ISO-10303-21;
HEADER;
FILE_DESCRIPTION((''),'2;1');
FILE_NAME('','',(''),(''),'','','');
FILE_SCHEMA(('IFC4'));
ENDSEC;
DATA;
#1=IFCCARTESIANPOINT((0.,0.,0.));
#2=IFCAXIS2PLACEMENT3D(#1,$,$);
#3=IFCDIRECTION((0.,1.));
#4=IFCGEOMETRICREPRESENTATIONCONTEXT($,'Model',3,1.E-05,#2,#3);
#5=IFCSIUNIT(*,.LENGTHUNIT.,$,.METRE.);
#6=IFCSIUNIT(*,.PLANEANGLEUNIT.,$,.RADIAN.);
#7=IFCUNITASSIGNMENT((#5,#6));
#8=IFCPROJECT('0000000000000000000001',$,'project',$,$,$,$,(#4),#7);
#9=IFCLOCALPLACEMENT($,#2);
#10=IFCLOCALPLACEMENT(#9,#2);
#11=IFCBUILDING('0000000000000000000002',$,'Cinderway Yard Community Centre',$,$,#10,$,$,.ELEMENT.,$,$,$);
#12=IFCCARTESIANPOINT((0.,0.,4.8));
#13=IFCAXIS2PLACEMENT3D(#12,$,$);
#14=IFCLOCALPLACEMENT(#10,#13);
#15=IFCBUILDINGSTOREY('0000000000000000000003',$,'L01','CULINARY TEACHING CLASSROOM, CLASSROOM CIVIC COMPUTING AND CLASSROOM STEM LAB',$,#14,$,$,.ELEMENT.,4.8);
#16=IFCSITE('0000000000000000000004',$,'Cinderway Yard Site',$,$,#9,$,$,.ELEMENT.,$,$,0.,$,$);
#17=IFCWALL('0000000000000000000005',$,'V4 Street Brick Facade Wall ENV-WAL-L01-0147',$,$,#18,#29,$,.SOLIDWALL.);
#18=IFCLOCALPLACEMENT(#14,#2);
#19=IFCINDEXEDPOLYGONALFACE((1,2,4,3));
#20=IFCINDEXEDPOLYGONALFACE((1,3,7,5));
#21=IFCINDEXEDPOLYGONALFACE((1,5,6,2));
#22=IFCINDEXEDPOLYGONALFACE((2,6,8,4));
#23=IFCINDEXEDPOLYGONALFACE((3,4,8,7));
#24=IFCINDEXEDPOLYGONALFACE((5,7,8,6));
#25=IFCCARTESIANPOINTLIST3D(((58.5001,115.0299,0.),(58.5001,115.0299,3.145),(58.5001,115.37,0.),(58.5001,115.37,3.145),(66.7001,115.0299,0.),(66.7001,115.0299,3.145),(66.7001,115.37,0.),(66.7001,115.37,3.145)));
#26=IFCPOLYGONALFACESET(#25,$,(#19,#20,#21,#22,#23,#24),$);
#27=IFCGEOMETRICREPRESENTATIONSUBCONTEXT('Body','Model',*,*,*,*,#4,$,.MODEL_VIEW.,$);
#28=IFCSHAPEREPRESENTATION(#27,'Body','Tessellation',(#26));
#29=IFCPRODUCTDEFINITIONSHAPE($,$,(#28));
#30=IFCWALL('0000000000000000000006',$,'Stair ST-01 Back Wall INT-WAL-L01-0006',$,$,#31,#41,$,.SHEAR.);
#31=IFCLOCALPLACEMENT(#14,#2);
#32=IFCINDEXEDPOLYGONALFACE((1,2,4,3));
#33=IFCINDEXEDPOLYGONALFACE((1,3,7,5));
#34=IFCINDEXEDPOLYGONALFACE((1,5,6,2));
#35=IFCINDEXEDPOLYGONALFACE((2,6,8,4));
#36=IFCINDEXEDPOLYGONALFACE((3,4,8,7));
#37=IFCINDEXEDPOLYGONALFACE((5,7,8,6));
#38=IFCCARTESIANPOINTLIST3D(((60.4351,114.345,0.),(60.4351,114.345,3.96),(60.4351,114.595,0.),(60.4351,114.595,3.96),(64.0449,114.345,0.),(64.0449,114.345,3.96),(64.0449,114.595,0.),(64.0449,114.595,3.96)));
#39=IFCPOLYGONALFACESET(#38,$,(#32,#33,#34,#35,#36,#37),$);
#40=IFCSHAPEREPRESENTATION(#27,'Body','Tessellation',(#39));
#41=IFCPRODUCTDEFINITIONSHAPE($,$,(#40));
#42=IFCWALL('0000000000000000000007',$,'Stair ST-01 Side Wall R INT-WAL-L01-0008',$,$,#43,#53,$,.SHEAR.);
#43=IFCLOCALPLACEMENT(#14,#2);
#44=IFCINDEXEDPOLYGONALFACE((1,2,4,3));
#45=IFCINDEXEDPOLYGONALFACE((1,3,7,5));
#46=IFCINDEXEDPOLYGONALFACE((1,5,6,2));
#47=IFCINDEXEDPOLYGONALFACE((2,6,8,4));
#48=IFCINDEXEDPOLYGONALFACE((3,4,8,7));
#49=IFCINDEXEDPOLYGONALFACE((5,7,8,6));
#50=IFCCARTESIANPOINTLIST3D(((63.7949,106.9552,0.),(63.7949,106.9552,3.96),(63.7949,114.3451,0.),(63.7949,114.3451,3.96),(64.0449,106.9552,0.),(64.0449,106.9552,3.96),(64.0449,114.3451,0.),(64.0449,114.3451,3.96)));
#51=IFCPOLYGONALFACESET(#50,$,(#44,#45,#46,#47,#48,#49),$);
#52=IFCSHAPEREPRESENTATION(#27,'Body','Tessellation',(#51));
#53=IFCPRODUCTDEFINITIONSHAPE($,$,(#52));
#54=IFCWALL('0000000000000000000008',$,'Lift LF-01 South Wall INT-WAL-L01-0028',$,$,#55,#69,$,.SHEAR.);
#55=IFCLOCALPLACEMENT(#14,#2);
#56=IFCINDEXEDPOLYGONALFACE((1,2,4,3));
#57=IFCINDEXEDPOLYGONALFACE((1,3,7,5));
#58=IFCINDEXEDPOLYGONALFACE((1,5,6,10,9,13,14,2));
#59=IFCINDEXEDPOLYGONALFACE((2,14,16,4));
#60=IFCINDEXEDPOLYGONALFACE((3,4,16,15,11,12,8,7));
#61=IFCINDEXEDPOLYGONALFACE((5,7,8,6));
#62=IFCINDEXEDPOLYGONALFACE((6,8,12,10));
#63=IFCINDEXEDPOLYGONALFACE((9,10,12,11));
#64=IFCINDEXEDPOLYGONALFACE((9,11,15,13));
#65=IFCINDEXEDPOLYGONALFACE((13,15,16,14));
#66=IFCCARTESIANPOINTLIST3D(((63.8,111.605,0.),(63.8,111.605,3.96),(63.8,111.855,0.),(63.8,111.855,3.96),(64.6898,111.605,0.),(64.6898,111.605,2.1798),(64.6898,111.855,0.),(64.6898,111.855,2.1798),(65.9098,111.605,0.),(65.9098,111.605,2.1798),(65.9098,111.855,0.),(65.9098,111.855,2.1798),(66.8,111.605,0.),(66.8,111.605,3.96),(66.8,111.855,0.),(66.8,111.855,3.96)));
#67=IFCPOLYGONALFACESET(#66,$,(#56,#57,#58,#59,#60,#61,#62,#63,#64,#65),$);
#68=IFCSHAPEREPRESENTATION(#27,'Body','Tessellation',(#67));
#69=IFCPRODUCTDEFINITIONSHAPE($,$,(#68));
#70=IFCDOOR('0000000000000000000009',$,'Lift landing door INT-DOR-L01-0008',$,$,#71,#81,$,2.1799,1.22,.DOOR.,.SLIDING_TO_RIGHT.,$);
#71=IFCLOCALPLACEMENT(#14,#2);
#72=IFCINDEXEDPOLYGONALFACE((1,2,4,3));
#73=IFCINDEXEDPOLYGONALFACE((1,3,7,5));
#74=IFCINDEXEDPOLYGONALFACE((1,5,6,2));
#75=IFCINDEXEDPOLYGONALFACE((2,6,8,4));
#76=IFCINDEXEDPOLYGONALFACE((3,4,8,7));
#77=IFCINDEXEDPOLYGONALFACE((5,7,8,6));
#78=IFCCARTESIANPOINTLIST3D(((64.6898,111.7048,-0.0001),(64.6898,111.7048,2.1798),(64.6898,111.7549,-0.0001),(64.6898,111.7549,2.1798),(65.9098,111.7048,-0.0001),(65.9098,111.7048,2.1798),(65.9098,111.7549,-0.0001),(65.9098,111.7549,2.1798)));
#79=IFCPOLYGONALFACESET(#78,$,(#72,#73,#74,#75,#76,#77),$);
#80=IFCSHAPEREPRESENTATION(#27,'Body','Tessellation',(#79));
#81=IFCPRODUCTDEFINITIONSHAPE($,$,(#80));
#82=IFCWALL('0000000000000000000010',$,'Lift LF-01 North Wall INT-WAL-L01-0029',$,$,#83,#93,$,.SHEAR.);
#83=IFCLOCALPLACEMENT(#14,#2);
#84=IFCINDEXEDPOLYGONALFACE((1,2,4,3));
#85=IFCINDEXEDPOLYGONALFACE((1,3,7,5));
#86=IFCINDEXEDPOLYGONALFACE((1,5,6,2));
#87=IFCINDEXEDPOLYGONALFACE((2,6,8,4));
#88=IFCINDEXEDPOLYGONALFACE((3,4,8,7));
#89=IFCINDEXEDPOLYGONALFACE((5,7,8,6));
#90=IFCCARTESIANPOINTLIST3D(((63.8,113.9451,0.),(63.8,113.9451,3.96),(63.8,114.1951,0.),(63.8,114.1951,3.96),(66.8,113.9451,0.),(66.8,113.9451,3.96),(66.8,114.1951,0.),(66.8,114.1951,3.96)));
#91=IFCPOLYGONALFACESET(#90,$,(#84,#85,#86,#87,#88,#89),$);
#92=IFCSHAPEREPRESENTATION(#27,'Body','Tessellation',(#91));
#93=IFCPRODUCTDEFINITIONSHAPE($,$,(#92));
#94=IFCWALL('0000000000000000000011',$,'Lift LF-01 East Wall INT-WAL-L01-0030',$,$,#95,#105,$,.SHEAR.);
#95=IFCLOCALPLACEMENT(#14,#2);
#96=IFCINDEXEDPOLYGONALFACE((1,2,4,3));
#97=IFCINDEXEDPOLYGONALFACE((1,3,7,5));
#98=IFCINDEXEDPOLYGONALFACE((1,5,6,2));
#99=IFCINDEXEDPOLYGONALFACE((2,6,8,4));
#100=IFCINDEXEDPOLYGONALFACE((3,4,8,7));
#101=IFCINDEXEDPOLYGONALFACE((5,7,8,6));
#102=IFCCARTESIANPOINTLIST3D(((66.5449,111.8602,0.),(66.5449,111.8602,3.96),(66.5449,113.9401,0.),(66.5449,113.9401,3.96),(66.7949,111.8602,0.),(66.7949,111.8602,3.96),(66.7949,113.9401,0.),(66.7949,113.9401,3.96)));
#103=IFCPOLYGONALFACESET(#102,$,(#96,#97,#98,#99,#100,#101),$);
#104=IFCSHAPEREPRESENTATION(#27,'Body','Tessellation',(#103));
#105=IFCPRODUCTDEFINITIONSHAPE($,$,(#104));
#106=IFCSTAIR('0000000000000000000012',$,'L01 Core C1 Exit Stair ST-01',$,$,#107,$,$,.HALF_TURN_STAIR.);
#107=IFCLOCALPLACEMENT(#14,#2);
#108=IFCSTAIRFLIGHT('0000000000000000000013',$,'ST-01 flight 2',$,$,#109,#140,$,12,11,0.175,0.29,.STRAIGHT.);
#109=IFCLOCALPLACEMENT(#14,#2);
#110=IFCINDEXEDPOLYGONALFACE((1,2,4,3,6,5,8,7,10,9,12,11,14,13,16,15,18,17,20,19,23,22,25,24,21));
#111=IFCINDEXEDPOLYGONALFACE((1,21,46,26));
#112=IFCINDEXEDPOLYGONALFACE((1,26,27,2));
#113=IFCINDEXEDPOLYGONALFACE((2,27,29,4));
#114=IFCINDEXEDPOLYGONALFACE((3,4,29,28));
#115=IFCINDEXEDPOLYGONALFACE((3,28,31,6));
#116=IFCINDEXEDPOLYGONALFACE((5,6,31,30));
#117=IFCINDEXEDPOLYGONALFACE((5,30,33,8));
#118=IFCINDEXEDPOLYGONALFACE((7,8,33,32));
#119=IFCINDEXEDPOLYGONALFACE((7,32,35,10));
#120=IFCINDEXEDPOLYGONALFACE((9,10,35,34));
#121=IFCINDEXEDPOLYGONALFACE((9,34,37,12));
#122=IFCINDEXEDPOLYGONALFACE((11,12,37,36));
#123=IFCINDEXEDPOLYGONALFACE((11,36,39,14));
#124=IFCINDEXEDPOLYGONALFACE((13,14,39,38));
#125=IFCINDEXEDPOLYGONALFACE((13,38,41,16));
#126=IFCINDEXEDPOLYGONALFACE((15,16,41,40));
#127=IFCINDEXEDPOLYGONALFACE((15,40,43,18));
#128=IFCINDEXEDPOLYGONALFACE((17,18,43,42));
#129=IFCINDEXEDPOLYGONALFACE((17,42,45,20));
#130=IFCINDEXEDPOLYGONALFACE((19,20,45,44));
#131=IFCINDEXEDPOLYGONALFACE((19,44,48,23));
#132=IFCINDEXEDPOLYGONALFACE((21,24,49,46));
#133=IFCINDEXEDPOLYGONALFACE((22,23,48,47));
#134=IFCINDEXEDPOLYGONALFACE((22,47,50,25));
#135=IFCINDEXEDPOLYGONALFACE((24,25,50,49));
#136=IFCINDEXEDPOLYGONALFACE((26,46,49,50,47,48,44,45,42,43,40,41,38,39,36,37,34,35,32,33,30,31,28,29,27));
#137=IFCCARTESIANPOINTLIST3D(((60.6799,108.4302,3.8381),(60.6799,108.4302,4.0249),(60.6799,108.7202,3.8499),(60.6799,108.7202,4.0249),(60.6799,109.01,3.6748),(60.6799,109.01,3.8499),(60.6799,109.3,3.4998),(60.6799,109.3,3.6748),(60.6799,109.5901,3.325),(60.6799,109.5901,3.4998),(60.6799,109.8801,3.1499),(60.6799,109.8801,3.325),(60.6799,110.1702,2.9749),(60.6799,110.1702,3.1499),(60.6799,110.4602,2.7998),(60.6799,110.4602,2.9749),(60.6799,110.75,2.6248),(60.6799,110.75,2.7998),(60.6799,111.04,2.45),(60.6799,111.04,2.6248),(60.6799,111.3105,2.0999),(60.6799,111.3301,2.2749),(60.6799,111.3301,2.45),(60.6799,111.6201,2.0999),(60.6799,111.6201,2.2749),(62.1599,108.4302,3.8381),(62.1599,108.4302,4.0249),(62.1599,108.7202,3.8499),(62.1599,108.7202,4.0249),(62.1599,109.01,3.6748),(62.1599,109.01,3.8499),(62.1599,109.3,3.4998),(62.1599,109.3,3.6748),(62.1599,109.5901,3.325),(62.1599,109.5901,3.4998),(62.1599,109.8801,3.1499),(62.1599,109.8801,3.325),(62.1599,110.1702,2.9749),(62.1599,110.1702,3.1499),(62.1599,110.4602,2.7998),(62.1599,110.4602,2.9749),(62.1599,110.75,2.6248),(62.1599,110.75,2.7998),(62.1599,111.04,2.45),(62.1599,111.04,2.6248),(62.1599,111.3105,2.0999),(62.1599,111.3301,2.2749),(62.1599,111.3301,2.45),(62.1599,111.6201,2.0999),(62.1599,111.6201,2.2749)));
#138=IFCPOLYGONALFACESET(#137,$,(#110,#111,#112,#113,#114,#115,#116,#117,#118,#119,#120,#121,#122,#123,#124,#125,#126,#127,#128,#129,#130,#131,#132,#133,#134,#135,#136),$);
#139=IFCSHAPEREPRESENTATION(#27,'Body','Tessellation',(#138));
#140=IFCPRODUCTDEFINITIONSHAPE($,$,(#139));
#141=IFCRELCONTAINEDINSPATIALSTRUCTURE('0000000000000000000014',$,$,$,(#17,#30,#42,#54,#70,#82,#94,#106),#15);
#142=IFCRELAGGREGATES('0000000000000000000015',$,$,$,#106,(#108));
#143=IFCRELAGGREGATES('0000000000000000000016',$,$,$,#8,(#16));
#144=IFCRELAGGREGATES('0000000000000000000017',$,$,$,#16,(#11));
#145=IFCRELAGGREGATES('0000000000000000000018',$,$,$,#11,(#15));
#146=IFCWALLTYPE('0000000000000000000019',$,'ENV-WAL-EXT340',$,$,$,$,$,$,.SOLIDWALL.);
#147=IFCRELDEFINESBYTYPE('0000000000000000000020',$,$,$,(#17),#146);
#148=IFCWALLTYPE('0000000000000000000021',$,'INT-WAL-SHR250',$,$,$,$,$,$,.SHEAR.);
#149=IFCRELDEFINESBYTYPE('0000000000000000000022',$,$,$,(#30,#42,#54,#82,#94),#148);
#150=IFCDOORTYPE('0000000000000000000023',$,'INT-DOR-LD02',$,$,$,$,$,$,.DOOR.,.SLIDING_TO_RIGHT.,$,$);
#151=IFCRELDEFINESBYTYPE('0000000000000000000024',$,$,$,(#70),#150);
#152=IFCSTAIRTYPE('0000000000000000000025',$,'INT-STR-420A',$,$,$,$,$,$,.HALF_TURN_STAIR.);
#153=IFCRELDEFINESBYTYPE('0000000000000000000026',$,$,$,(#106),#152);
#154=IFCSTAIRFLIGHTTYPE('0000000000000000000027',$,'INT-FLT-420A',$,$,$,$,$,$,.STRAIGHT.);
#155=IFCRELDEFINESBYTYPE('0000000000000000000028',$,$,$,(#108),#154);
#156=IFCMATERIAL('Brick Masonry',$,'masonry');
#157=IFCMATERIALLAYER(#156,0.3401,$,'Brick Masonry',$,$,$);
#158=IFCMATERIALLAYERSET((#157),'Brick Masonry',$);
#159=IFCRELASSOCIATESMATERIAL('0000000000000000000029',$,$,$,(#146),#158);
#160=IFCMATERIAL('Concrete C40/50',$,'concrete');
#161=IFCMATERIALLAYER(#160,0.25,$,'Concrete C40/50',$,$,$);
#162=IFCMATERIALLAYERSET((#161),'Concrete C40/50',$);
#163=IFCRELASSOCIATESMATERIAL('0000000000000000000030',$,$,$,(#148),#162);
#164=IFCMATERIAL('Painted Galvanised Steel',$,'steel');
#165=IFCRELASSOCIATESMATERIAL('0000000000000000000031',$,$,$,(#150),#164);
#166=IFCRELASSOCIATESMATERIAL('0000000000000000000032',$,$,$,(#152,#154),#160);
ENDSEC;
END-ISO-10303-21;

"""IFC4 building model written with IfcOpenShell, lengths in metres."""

from ifc_helpers import new_model, si_unit, direction, frame, frame_2d, origin, place, context, subcontext, project, spatial, polyline, rectangle, outline, extrude, material, layer, layer_set, type_object, element, fill, aggregate, save


model = new_model("IFC4")

# Units and contexts
model_context = context("Model", 3, precision=1e-05, world=origin(), true_north=direction((0.0, 1.0)))
body_context = subcontext(model_context, "Body", "Model", "MODEL_VIEW")
ifc_project = project(units=[si_unit("LENGTHUNIT", "METRE"), si_unit("PLANEANGLEUNIT", "RADIAN")], contexts=[model_context])

# Site, building, storey
site_placement = place(None, origin())
site = spatial("IfcSite", under=ifc_project, at=site_placement, Name="Cinderway Yard Site", CompositionType="ELEMENT", RefElevation=0.0)
building_placement = place(site_placement, origin())
building = spatial("IfcBuilding", under=site, at=building_placement, Name="Cinderway Yard Community Centre", CompositionType="ELEMENT")
storey_placement = place(building_placement, frame((0.0, 0.0, 4.8)))
storey = spatial("IfcBuildingStorey", under=building, at=storey_placement, Name="L01", Description="CULINARY TEACHING CLASSROOM, CLASSROOM CIVIC COMPUTING AND CLASSROOM STEM LAB", CompositionType="ELEMENT", Elevation=4.8)

# Shared definitions
ifc_material_1 = material(Name="Concrete C40/50", Category="concrete")

# Walls
ifc_material_2 = material(Name="Brick Masonry", Category="masonry")
ifc_layer_1 = layer(ifc_material_2, 0.3401, Name="Brick Masonry")
ifc_layer_set_1 = layer_set([ifc_layer_1], Name="Brick Masonry")
wall_type_1 = type_object("IfcWallType", Name="ENV-WAL-EXT340", PredefinedType="SOLIDWALL", material=ifc_layer_set_1)
wall_1_placement = place(storey_placement, frame((58.5, 115.2, 0.0), z_axis=(0.0, 0.0, 1.0), x_axis=(1.0, 0.0, 0.0)))
element("IfcWall", 1, at=wall_1_placement, inside=storey, type_object=wall_type_1, Name="V4 Street Brick Facade Wall ENV-WAL-L01-0147", PredefinedType="SOLIDWALL", context=body_context, shape_type="SweptSolid", body=[
    extrude(rectangle(XDim=8.2, YDim=0.3401, at=frame_2d((4.1001, 0.0))), origin(), (0.0, 0.0, 1.0), 3.145),
])
ifc_layer_2 = layer(ifc_material_1, 0.25, Name="Concrete C40/50")
ifc_layer_set_2 = layer_set([ifc_layer_2], Name="Concrete C40/50")
wall_type_2 = type_object("IfcWallType", Name="INT-WAL-SHR250", PredefinedType="SHEAR", material=ifc_layer_set_2)
wall_2_placement = place(storey_placement, frame((60.4351, 114.47, 0.0), z_axis=(0.0, 0.0, 1.0), x_axis=(1.0, 0.0, 0.0)))
element("IfcWall", 2, at=wall_2_placement, inside=storey, type_object=wall_type_2, Name="Stair ST-01 Back Wall INT-WAL-L01-0006", PredefinedType="SHEAR", context=body_context, shape_type="SweptSolid", body=[
    extrude(rectangle(XDim=3.6099, YDim=0.25, at=frame_2d((1.8049, 0.0))), origin(), (0.0, 0.0, 1.0), 3.96),
])
wall_3_placement = place(storey_placement, frame((63.9199, 114.345, 0.0), z_axis=(0.0, 0.0, 1.0), x_axis=(0.0, -1.0, 0.0)))
element("IfcWall", 3, at=wall_3_placement, inside=storey, type_object=wall_type_2, Name="Stair ST-01 Side Wall R INT-WAL-L01-0008", PredefinedType="SHEAR", context=body_context, shape_type="SweptSolid", body=[
    extrude(rectangle(XDim=7.3899, YDim=0.25, at=frame_2d((3.6948, 0.0))), origin(), (0.0, 0.0, 1.0), 3.96),
])

# Wall, opening, door
wall_4_placement = place(storey_placement, frame((63.8, 111.73, 0.0), z_axis=(0.0, 0.0, 1.0), x_axis=(1.0, 0.0, 0.0)))
wall_4 = element("IfcWall", 4, at=wall_4_placement, inside=storey, type_object=wall_type_2, Name="Lift LF-01 South Wall INT-WAL-L01-0028", PredefinedType="SHEAR", context=body_context, shape_type="SweptSolid", body=[
    extrude(rectangle(XDim=3.0, YDim=0.25, at=frame_2d((1.5, 0.0))), origin(), (0.0, 0.0, 1.0), 3.96),
])
opening_placement = place(wall_4_placement, frame((0.8899, 0.0, 0.0)))
opening = element("IfcOpeningElement", 5, at=opening_placement, cuts=wall_4, PredefinedType="OPENING", context=body_context, shape_type="SweptSolid", body=[
    extrude(rectangle(XDim=1.22, YDim=2.1799, at=frame_2d((0.6099, 1.0898))), frame((0.0, 0.135, 0.0), z_axis=(0.0, -1.0, 0.0), x_axis=(1.0, 0.0, 0.0)), (0.0, 0.0, 1.0), 0.27),
])
ifc_material_3 = material(Name="Painted Galvanised Steel", Category="steel")
door_type = type_object("IfcDoorType", Name="INT-DOR-LD02", OperationType="SLIDING_TO_RIGHT", PredefinedType="DOOR", material=ifc_material_3)
door_placement = place(opening_placement, origin())
door = element("IfcDoor", 6, at=door_placement, inside=storey, type_object=door_type, Name="Lift landing door INT-DOR-L01-0008", OperationType="SLIDING_TO_RIGHT", OverallHeight=2.1799, OverallWidth=1.22, PredefinedType="DOOR", context=body_context, shape_type="SweptSolid", body=[
    extrude(rectangle(XDim=1.22, YDim=2.1799, at=frame_2d((0.6099, 1.0898))), frame((0.0, 0.0249, 0.0), z_axis=(0.0, -1.0, 0.0), x_axis=(1.0, 0.0, 0.0)), (0.0, 0.0, 1.0), 0.05),
])
fill(opening, door)

# Walls
wall_5_placement = place(storey_placement, frame((66.8, 114.0701, 0.0), z_axis=(0.0, 0.0, 1.0), x_axis=(-1.0, 0.0, 0.0)))
element("IfcWall", 7, at=wall_5_placement, inside=storey, type_object=wall_type_2, Name="Lift LF-01 North Wall INT-WAL-L01-0029", PredefinedType="SHEAR", context=body_context, shape_type="SweptSolid", body=[
    extrude(rectangle(XDim=3.0, YDim=0.25, at=frame_2d((1.5, 0.0))), origin(), (0.0, 0.0, 1.0), 3.96),
])
wall_6_placement = place(storey_placement, frame((66.6699, 111.8601, 0.0), z_axis=(0.0, 0.0, 1.0), x_axis=(0.0, 1.0, 0.0)))
element("IfcWall", 8, at=wall_6_placement, inside=storey, type_object=wall_type_2, Name="Lift LF-01 East Wall INT-WAL-L01-0030", PredefinedType="SHEAR", context=body_context, shape_type="SweptSolid", body=[
    extrude(rectangle(XDim=2.0798, YDim=0.25, at=frame_2d((1.04, 0.0))), origin(), (0.0, 0.0, 1.0), 3.96),
])

# Stair, stair flight
stair_type = type_object("IfcStairType", Name="INT-STR-420A", PredefinedType="HALF_TURN_STAIR", material=ifc_material_1)
stair_placement = place(storey_placement, origin())
stair = element("IfcStair", 9, at=stair_placement, inside=storey, type_object=stair_type, Name="L01 Core C1 Exit Stair ST-01", PredefinedType="HALF_TURN_STAIR")
stair_flight_type = type_object("IfcStairFlightType", Name="INT-FLT-420A", PredefinedType="STRAIGHT", material=ifc_material_1)
stair_flight_placement = place(storey_placement, frame((61.4199, 111.6201, 2.0999), z_axis=(0.0, 0.0, 1.0), x_axis=(0.0, -1.0, 0.0)))
stair_flight = element("IfcStairFlight", 10, at=stair_flight_placement, type_object=stair_flight_type, Name="ST-01 flight 2", NumberOfRisers=12, NumberOfTreads=11, PredefinedType="STRAIGHT", RiserHeight=0.175, TreadLength=0.29, context=body_context, shape_type="SweptSolid", body=[
    extrude(outline(polyline([(0.0, 0.0), (0.0, 0.175), (0.29, 0.175), (0.29, 0.3501), (0.5801, 0.3501), (0.5801, 0.5249), (0.8701, 0.5249), (0.8701, 0.7), (1.1599, 0.7), (1.1599, 0.875), (1.45, 0.875), (1.45, 1.05), (1.74, 1.05), (1.74, 1.2251), (2.03, 1.2251), (2.03, 1.3999), (2.3201, 1.3999), (2.3201, 1.575), (2.6101, 1.575), (2.6101, 1.75), (2.8999, 1.75), (2.8999, 1.925), (3.1899, 1.925), (3.1899, 2.1001), (3.1899, 1.7383), (0.3096, 0.0), (0.0, 0.0)])), frame((0.0, 0.74, 0.0), z_axis=(0.0, -1.0, 0.0), x_axis=(1.0, 0.0, 0.0)), (0.0, 0.0, 1.0), 1.48),
])
aggregate(stair, [stair_flight])

save(model, "model.ifc")
